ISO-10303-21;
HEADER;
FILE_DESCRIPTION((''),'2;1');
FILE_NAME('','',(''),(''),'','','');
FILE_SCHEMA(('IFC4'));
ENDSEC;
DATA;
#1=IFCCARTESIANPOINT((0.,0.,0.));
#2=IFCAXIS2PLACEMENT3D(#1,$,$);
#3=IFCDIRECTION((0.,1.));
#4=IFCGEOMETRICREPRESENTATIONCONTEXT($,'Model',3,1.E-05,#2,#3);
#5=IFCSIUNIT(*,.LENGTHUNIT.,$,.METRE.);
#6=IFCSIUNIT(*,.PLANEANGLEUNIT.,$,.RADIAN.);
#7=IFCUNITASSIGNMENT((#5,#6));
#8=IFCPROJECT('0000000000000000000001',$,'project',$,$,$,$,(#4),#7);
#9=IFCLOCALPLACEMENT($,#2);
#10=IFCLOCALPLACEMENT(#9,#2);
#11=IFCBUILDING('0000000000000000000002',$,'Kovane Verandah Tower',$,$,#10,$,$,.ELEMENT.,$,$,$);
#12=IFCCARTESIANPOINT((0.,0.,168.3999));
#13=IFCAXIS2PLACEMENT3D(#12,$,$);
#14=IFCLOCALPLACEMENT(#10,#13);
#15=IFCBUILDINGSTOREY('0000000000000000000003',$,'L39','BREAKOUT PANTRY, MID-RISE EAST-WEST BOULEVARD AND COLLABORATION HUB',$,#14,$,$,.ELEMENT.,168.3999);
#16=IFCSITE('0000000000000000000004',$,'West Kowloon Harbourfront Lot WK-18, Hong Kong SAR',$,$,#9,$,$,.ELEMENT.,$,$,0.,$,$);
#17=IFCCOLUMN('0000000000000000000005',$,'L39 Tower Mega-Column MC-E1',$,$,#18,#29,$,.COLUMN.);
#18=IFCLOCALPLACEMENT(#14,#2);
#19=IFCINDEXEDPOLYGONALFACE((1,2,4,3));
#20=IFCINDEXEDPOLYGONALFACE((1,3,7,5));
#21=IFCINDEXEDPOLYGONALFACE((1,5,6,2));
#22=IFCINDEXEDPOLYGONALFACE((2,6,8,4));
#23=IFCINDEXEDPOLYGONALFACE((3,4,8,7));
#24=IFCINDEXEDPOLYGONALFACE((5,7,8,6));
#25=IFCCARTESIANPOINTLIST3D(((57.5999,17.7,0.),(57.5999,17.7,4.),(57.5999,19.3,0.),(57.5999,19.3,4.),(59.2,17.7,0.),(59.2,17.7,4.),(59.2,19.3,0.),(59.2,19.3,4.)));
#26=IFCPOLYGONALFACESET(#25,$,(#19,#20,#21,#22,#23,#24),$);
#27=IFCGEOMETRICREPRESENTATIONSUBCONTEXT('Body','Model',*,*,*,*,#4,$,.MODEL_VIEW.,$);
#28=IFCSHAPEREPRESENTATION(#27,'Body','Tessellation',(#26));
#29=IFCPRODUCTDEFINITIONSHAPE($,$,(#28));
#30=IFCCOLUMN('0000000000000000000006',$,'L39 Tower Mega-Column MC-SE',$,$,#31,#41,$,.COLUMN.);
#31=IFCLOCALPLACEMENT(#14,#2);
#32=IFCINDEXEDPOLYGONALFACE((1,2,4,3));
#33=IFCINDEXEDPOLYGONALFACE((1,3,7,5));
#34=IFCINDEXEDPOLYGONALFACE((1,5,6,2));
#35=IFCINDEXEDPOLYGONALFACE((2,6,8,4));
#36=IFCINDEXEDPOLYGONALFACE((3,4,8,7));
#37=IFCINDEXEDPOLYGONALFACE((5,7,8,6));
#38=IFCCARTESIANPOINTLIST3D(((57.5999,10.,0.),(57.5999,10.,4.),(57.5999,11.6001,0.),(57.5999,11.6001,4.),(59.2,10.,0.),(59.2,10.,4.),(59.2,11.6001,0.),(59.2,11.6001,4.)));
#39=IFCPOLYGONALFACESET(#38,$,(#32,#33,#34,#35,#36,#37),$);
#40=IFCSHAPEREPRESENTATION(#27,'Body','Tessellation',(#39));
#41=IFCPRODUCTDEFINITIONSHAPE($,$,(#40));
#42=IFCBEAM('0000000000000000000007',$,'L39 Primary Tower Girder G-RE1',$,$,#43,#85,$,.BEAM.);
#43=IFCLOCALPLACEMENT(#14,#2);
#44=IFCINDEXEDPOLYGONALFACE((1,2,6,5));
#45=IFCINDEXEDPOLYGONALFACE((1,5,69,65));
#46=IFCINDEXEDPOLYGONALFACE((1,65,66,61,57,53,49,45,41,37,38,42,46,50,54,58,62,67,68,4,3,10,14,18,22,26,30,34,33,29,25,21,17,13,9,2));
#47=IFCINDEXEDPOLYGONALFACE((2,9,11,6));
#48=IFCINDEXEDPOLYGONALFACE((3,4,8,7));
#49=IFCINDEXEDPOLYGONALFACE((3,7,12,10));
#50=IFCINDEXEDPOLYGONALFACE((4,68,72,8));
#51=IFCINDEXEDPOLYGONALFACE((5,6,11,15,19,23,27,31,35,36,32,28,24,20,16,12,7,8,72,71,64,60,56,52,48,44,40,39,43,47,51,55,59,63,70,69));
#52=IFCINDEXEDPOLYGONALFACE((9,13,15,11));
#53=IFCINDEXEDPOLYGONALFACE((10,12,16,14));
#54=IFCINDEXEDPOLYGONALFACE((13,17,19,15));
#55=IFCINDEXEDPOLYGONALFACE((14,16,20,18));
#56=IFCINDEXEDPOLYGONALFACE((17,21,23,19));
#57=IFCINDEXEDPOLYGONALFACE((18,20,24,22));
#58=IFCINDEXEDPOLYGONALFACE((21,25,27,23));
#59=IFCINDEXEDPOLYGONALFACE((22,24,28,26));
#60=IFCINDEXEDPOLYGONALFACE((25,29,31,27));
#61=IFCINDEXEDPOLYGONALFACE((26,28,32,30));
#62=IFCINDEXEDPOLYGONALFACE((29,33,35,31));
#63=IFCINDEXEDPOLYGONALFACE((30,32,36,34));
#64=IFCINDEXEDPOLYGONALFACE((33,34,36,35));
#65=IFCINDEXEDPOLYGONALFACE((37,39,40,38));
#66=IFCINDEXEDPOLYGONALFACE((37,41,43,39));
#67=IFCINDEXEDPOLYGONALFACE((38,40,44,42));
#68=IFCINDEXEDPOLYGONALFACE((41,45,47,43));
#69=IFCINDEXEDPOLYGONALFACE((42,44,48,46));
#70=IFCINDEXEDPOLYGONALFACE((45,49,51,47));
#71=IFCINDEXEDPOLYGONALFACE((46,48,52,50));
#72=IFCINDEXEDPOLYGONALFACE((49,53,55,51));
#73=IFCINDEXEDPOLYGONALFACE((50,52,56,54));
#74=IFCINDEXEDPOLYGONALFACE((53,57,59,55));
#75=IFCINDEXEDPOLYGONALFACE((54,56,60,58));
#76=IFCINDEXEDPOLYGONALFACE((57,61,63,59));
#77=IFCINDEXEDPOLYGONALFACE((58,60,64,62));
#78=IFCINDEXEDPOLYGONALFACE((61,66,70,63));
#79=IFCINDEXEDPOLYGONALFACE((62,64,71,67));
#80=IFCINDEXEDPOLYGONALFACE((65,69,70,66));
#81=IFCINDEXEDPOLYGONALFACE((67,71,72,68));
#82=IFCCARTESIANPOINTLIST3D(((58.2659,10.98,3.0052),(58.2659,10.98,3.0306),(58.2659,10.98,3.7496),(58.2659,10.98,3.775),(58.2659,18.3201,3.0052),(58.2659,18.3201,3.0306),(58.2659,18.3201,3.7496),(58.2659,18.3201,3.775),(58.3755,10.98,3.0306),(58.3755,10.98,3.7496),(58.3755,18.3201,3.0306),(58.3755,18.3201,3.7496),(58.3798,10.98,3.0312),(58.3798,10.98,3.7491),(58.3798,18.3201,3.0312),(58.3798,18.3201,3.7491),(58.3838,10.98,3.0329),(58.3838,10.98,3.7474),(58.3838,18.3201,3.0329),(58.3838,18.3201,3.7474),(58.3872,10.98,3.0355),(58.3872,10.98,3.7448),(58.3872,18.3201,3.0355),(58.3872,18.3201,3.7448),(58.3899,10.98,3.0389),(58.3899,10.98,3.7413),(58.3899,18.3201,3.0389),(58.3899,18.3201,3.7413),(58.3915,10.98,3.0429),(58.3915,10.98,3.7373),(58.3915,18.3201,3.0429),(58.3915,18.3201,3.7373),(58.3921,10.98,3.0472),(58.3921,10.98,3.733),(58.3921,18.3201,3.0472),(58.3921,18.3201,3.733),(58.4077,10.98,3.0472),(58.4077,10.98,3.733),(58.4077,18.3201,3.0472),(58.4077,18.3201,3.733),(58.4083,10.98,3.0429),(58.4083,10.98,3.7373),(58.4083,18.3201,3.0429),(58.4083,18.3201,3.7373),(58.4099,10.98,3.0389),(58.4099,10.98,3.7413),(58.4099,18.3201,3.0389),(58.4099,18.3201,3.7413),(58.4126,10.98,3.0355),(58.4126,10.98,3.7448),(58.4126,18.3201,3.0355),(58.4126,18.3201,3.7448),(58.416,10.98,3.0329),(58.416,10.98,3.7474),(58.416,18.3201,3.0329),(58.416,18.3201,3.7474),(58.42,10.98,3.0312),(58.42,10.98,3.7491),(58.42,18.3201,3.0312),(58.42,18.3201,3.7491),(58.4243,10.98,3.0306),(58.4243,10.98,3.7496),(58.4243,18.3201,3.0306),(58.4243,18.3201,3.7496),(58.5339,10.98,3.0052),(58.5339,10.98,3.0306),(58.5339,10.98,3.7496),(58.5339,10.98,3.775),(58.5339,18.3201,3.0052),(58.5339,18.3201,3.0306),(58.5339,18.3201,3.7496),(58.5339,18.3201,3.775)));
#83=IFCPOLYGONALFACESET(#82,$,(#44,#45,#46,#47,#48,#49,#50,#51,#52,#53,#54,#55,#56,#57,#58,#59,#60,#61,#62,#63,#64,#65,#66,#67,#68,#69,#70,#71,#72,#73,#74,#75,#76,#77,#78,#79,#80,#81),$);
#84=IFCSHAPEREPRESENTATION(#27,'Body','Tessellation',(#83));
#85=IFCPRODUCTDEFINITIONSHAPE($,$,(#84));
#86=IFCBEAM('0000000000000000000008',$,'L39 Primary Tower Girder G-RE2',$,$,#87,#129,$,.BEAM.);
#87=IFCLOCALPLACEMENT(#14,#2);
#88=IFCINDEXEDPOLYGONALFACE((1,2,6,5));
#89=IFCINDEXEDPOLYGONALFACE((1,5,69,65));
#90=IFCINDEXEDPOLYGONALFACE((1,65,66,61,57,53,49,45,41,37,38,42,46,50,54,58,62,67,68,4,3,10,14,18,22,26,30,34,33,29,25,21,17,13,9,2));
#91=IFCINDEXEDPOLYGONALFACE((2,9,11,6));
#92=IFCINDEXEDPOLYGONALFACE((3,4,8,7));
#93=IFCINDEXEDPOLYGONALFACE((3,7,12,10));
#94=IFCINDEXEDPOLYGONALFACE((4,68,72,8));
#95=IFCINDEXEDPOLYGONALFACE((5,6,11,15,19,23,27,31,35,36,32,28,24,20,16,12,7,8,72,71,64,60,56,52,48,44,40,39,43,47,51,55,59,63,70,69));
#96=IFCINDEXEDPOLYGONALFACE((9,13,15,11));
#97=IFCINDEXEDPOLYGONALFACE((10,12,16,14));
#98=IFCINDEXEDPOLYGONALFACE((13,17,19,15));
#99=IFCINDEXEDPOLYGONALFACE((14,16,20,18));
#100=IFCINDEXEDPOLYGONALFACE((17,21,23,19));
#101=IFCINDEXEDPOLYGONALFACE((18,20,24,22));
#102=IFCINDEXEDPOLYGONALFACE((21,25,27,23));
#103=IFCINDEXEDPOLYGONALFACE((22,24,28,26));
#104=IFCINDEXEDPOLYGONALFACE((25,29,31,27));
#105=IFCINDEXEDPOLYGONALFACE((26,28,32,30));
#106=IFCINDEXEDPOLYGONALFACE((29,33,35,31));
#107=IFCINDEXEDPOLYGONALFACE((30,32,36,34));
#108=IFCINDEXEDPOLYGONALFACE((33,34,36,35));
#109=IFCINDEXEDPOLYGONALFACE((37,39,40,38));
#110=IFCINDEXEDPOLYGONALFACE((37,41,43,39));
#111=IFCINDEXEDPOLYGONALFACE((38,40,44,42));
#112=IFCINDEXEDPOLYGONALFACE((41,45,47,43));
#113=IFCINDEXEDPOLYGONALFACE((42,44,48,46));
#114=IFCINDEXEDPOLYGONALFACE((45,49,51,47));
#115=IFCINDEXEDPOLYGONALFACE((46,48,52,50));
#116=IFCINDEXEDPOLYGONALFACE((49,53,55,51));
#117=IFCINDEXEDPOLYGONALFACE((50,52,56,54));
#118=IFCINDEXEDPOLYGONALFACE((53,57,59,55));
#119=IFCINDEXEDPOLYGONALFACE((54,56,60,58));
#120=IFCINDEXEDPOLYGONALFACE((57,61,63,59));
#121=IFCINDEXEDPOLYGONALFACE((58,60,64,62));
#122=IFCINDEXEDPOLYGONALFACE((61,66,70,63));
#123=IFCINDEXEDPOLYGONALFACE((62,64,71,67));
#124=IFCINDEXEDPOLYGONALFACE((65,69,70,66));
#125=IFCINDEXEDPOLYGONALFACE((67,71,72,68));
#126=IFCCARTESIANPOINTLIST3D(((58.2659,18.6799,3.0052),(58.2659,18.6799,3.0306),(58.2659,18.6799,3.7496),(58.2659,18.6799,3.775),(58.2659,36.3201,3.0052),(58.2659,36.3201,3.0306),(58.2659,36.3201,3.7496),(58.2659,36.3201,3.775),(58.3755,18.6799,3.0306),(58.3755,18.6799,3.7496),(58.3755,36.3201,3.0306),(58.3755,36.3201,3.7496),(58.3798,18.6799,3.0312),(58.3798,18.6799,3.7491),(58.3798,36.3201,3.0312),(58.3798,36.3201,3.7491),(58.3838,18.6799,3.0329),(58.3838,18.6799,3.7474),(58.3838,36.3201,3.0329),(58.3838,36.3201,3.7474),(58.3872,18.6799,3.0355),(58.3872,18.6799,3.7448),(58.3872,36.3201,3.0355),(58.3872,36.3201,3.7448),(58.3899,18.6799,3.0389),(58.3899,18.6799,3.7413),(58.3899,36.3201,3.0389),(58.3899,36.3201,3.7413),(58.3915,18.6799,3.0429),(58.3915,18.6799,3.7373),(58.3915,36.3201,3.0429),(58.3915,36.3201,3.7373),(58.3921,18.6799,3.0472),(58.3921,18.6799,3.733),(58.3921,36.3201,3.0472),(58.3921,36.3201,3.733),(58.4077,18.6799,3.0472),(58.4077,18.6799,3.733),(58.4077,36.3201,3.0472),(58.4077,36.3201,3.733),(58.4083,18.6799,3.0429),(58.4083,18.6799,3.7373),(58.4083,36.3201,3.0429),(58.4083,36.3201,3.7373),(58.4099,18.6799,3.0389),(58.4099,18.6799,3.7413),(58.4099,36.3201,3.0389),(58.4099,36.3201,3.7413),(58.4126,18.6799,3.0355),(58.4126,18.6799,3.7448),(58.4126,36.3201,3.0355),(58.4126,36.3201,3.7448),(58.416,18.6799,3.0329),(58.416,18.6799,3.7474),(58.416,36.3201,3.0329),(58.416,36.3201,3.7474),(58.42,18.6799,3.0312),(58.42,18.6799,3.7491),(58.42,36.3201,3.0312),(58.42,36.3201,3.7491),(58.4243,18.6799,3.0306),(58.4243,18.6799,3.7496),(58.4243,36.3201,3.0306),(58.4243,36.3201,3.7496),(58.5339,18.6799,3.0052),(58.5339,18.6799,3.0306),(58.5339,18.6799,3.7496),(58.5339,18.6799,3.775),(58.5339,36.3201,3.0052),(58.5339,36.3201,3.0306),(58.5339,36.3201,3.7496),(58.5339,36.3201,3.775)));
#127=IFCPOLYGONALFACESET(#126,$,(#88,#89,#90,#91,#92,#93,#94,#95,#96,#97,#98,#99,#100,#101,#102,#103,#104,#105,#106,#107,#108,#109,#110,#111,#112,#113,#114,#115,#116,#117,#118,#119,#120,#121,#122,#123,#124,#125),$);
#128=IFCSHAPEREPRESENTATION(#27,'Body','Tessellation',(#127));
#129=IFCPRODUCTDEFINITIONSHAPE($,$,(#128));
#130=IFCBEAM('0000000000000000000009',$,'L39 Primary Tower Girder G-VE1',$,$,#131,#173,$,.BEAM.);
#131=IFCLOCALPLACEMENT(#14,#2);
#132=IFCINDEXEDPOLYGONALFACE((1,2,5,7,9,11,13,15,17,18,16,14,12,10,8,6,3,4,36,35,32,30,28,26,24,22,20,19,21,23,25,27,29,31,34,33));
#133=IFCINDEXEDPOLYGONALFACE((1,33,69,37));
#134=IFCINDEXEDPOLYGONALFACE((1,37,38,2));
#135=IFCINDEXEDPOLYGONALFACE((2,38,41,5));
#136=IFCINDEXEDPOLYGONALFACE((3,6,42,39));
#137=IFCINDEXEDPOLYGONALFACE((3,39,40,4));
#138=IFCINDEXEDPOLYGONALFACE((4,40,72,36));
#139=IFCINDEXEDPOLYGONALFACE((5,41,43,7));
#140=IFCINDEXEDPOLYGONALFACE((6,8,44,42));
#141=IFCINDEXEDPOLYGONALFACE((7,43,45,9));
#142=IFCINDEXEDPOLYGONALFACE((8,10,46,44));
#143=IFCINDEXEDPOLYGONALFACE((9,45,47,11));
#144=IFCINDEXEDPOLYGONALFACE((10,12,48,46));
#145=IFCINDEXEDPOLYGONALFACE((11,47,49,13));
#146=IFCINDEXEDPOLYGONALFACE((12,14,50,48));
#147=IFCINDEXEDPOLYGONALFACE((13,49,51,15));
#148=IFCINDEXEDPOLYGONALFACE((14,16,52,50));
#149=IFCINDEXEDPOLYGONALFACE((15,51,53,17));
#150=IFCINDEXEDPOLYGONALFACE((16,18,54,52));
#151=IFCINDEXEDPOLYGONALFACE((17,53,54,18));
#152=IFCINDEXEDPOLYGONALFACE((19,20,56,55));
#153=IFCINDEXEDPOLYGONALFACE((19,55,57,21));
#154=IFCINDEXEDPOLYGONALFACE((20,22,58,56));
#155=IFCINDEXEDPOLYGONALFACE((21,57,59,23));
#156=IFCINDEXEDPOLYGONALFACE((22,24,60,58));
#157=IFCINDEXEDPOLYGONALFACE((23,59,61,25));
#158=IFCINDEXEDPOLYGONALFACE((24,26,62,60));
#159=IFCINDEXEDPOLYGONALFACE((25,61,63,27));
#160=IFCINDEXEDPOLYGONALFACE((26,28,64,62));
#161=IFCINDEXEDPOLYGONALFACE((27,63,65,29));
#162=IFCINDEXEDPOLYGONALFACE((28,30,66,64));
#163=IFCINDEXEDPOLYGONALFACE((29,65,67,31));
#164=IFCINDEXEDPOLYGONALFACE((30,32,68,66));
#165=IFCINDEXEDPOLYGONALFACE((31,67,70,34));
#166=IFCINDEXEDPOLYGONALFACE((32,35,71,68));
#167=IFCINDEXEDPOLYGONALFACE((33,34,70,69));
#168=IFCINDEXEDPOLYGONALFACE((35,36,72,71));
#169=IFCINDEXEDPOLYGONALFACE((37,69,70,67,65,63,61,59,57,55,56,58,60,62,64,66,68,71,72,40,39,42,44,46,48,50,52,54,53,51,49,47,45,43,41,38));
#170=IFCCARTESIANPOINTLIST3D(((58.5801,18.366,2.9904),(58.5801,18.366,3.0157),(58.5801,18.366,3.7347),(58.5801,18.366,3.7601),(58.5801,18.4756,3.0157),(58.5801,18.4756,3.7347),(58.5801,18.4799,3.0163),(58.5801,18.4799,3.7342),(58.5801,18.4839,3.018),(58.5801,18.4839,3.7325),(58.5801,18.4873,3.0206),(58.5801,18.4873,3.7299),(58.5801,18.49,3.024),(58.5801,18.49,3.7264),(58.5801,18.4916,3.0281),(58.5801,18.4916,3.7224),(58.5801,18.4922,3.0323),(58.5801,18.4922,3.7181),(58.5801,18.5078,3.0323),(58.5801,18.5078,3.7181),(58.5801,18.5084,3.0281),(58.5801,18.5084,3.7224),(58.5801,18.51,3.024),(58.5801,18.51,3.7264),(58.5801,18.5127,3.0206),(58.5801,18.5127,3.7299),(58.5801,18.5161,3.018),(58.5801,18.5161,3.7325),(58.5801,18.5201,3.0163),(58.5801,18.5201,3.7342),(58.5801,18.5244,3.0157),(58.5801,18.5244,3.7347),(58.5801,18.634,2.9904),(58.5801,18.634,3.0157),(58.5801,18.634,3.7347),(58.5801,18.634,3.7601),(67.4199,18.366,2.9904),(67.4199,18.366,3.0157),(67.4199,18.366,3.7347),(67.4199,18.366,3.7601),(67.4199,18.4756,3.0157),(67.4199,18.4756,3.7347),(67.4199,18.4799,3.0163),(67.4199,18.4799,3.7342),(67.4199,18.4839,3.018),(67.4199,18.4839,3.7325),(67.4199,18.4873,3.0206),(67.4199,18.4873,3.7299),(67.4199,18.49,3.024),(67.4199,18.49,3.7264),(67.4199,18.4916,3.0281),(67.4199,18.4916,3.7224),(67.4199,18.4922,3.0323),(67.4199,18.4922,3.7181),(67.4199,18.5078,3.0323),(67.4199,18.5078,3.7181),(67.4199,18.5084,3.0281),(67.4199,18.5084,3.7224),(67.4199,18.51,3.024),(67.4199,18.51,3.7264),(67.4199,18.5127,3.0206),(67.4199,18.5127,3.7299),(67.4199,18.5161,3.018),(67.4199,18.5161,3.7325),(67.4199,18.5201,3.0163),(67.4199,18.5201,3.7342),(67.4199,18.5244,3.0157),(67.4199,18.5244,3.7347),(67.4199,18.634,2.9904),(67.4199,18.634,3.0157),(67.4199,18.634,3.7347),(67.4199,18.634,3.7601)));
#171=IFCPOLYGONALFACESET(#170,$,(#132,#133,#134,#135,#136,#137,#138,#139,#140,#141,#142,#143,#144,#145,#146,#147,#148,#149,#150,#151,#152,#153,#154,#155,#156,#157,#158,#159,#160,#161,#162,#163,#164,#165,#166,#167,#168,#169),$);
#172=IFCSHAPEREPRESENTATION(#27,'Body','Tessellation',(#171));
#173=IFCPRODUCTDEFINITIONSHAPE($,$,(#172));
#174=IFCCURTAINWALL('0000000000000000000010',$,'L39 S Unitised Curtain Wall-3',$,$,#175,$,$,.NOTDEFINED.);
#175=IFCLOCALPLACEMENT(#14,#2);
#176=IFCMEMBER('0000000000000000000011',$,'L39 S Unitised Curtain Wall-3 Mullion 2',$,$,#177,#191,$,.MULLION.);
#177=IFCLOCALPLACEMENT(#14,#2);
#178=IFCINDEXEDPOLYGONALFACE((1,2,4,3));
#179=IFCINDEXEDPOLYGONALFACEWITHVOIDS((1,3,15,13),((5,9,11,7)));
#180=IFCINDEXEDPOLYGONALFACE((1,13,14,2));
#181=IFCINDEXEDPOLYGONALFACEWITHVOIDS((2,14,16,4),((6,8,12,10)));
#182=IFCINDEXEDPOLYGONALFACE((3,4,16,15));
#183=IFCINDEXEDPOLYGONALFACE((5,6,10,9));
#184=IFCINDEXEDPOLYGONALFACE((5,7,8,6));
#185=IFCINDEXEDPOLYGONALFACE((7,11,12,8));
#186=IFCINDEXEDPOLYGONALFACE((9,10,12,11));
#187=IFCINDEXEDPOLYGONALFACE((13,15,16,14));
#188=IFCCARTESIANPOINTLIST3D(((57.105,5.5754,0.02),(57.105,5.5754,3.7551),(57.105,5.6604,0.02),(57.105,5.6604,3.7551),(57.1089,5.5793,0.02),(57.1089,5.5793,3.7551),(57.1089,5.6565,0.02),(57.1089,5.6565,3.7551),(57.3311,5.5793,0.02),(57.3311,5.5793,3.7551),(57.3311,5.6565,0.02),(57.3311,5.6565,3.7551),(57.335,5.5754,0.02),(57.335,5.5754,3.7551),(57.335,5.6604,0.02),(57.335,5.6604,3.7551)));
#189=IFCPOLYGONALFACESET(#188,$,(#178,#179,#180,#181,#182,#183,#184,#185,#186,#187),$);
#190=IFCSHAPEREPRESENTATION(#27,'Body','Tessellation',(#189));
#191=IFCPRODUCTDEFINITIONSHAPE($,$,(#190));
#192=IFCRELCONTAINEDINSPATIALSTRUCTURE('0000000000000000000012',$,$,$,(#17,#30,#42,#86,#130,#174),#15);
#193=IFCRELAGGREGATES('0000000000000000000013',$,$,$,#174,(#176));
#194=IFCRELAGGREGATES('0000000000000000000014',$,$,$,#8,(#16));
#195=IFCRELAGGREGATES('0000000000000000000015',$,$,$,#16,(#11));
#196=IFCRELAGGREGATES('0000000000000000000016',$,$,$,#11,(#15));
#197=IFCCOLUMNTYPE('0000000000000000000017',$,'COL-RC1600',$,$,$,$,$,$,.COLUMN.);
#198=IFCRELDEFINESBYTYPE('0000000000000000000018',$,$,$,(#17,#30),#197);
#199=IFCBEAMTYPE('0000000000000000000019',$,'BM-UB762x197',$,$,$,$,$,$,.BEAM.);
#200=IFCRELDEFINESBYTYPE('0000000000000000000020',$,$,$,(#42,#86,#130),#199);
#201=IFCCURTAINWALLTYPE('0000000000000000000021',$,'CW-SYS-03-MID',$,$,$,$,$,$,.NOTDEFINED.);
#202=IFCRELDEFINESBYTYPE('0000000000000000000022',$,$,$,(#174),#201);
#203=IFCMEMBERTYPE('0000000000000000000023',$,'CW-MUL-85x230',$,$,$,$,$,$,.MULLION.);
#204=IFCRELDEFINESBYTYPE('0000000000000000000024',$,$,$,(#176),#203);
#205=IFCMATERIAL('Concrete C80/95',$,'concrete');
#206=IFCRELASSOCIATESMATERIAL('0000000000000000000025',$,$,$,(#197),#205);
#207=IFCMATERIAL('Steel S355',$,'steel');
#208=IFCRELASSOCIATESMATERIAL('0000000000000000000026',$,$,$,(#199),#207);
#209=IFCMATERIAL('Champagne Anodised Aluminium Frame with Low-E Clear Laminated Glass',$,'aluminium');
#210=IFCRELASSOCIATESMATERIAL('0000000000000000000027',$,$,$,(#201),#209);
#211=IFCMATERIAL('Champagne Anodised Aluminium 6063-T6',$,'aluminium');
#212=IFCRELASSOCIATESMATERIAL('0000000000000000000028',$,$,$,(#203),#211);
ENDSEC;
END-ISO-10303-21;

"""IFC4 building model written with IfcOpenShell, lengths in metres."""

from ifc_helpers import new_model, si_unit, direction, frame, origin, origin_2d, place, context, subcontext, project, spatial, rectangle, hollow_rectangle, i_section, extrude, material, material_profile, profile_set, type_object, element, aggregate, save


model = new_model("IFC4")

# Units and contexts
model_context = context("Model", 3, precision=1e-05, world=origin(), true_north=direction((0.0, 1.0)))
body_context = subcontext(model_context, "Body", "Model", "MODEL_VIEW")
ifc_project = project(units=[si_unit("LENGTHUNIT", "METRE"), si_unit("PLANEANGLEUNIT", "RADIAN")], contexts=[model_context])

# Site, building, storey
site_placement = place(None, origin())
site = spatial("IfcSite", under=ifc_project, at=site_placement, Name="West Kowloon Harbourfront Lot WK-18, Hong Kong SAR", CompositionType="ELEMENT", RefElevation=0.0)
building_placement = place(site_placement, origin())
building = spatial("IfcBuilding", under=site, at=building_placement, Name="Kovane Verandah Tower", CompositionType="ELEMENT")
storey_placement = place(building_placement, frame((0.0, 0.0, 168.3999)))
storey = spatial("IfcBuildingStorey", under=building, at=storey_placement, Name="L39", Description="BREAKOUT PANTRY, MID-RISE EAST-WEST BOULEVARD AND COLLABORATION HUB", CompositionType="ELEMENT", Elevation=168.3999)

# Columns
ifc_material_1 = material(Name="Concrete C80/95", Category="concrete")
ifc_material_profile_1 = material_profile(ifc_material_1, rectangle(XDim=1.6001, YDim=1.6001, at=origin_2d()), Name="RC1600x1600")
ifc_profile_set_1 = profile_set([ifc_material_profile_1], Name="Concrete C80/95")
column_type = type_object("IfcColumnType", Name="COL-RC1600", PredefinedType="COLUMN", material=ifc_profile_set_1)
for number, where, z_axis, x_axis, name in (
    (1, (58.3999, 18.5, 0.0), (0.0, 0.0, 1.0), (1.0, 0.0, 0.0), "L39 Tower Mega-Column MC-E1"),
    (2, (58.3999, 10.8, 0.0), (0.0, 0.0, 1.0), (1.0, 0.0, 0.0), "L39 Tower Mega-Column MC-SE"),
):
    element("IfcColumn", number, at=place(storey_placement, frame(where, z_axis=z_axis, x_axis=x_axis)), inside=storey, type_object=column_type, Name=name, PredefinedType="COLUMN", context=body_context, shape_type="SweptSolid", body=[
        extrude(rectangle(XDim=1.6001, YDim=1.6001, at=origin_2d()), origin(), (0.0, 0.0, 1.0), 4.0),
    ])

# Beams
ifc_material_2 = material(Name="Steel S355", Category="steel")
ifc_material_profile_2 = material_profile(ifc_material_2, i_section(OverallWidth=0.2681, OverallDepth=0.7698, WebThickness=0.0156, FlangeThickness=0.0254, FilletRadius=0.0166, at=origin_2d()), Name="UB762x267x197")
ifc_profile_set_2 = profile_set([ifc_material_profile_2], Name="Steel S355")
beam_type_1 = type_object("IfcBeamType", Name="BM-UB762x197", PredefinedType="BEAM", material=ifc_profile_set_2)
beam_1_placement = place(storey_placement, frame((58.3999, 10.98, 3.3901), z_axis=(0.0, 1.0, 0.0), x_axis=(-1.0, 0.0, 0.0)))
element("IfcBeam", 3, at=beam_1_placement, inside=storey, type_object=beam_type_1, Name="L39 Primary Tower Girder G-RE1", PredefinedType="BEAM", context=body_context, shape_type="SweptSolid", body=[
    extrude(i_section(OverallWidth=0.2681, OverallDepth=0.7698, WebThickness=0.0156, FlangeThickness=0.0254, FilletRadius=0.0166, at=origin_2d()), origin(), (0.0, 0.0, 1.0), 7.3401),
])
beam_2_placement = place(storey_placement, frame((58.3999, 18.6799, 3.3901), z_axis=(0.0, 1.0, 0.0), x_axis=(-1.0, 0.0, 0.0)))
element("IfcBeam", 4, at=beam_2_placement, inside=storey, type_object=beam_type_1, Name="L39 Primary Tower Girder G-RE2", PredefinedType="BEAM", context=body_context, shape_type="SweptSolid", body=[
    extrude(i_section(OverallWidth=0.2681, OverallDepth=0.7698, WebThickness=0.0156, FlangeThickness=0.0254, FilletRadius=0.0166, at=origin_2d()), origin(), (0.0, 0.0, 1.0), 17.6401),
])
beam_3_placement = place(storey_placement, frame((58.5801, 18.5, 3.3752), z_axis=(1.0, 0.0, 0.0), x_axis=(0.0, 1.0, 0.0)))
element("IfcBeam", 5, at=beam_3_placement, inside=storey, type_object=beam_type_1, Name="L39 Primary Tower Girder G-VE1", PredefinedType="BEAM", context=body_context, shape_type="SweptSolid", body=[
    extrude(i_section(OverallWidth=0.2681, OverallDepth=0.7698, WebThickness=0.0156, FlangeThickness=0.0254, FilletRadius=0.0166, at=origin_2d()), origin(), (0.0, 0.0, 1.0), 8.8398),
])

# Curtain wall, member
ifc_material_3 = material(Name="Champagne Anodised Aluminium Frame with Low-E Clear Laminated Glass", Category="aluminium")
curtain_wall_type = type_object("IfcCurtainWallType", Name="CW-SYS-03-MID", PredefinedType="NOTDEFINED", material=ifc_material_3)
curtain_wall_placement = place(storey_placement, origin())
curtain_wall = element("IfcCurtainWall", 6, at=curtain_wall_placement, inside=storey, type_object=curtain_wall_type, Name="L39 S Unitised Curtain Wall-3", PredefinedType="NOTDEFINED")
ifc_material_4 = material(Name="Champagne Anodised Aluminium 6063-T6", Category="aluminium")
ifc_material_profile_3 = material_profile(ifc_material_4, hollow_rectangle(XDim=0.085, YDim=0.23, WallThickness=0.0039, at=origin_2d()), Name="AL85x230x4")
ifc_profile_set_3 = profile_set([ifc_material_profile_3], Name="Champagne Anodised Aluminium 6063-T6")
member_type_1 = type_object("IfcMemberType", Name="CW-MUL-85x230", PredefinedType="MULLION", material=ifc_profile_set_3)
member_1_placement = place(storey_placement, frame((57.22, 5.6179, 0.02), z_axis=(0.0, 0.0, 1.0), x_axis=(0.0, -1.0, 0.0)))
member_1 = element("IfcMember", 7, at=member_1_placement, type_object=member_type_1, Name="L39 S Unitised Curtain Wall-3 Mullion 2", PredefinedType="MULLION", context=body_context, shape_type="SweptSolid", body=[
    extrude(hollow_rectangle(XDim=0.085, YDim=0.23, WallThickness=0.0039, at=origin_2d()), origin(), (0.0, 0.0, 1.0), 3.7351),
])

aggregate(curtain_wall, [member_1])

save(model, "model.ifc")
